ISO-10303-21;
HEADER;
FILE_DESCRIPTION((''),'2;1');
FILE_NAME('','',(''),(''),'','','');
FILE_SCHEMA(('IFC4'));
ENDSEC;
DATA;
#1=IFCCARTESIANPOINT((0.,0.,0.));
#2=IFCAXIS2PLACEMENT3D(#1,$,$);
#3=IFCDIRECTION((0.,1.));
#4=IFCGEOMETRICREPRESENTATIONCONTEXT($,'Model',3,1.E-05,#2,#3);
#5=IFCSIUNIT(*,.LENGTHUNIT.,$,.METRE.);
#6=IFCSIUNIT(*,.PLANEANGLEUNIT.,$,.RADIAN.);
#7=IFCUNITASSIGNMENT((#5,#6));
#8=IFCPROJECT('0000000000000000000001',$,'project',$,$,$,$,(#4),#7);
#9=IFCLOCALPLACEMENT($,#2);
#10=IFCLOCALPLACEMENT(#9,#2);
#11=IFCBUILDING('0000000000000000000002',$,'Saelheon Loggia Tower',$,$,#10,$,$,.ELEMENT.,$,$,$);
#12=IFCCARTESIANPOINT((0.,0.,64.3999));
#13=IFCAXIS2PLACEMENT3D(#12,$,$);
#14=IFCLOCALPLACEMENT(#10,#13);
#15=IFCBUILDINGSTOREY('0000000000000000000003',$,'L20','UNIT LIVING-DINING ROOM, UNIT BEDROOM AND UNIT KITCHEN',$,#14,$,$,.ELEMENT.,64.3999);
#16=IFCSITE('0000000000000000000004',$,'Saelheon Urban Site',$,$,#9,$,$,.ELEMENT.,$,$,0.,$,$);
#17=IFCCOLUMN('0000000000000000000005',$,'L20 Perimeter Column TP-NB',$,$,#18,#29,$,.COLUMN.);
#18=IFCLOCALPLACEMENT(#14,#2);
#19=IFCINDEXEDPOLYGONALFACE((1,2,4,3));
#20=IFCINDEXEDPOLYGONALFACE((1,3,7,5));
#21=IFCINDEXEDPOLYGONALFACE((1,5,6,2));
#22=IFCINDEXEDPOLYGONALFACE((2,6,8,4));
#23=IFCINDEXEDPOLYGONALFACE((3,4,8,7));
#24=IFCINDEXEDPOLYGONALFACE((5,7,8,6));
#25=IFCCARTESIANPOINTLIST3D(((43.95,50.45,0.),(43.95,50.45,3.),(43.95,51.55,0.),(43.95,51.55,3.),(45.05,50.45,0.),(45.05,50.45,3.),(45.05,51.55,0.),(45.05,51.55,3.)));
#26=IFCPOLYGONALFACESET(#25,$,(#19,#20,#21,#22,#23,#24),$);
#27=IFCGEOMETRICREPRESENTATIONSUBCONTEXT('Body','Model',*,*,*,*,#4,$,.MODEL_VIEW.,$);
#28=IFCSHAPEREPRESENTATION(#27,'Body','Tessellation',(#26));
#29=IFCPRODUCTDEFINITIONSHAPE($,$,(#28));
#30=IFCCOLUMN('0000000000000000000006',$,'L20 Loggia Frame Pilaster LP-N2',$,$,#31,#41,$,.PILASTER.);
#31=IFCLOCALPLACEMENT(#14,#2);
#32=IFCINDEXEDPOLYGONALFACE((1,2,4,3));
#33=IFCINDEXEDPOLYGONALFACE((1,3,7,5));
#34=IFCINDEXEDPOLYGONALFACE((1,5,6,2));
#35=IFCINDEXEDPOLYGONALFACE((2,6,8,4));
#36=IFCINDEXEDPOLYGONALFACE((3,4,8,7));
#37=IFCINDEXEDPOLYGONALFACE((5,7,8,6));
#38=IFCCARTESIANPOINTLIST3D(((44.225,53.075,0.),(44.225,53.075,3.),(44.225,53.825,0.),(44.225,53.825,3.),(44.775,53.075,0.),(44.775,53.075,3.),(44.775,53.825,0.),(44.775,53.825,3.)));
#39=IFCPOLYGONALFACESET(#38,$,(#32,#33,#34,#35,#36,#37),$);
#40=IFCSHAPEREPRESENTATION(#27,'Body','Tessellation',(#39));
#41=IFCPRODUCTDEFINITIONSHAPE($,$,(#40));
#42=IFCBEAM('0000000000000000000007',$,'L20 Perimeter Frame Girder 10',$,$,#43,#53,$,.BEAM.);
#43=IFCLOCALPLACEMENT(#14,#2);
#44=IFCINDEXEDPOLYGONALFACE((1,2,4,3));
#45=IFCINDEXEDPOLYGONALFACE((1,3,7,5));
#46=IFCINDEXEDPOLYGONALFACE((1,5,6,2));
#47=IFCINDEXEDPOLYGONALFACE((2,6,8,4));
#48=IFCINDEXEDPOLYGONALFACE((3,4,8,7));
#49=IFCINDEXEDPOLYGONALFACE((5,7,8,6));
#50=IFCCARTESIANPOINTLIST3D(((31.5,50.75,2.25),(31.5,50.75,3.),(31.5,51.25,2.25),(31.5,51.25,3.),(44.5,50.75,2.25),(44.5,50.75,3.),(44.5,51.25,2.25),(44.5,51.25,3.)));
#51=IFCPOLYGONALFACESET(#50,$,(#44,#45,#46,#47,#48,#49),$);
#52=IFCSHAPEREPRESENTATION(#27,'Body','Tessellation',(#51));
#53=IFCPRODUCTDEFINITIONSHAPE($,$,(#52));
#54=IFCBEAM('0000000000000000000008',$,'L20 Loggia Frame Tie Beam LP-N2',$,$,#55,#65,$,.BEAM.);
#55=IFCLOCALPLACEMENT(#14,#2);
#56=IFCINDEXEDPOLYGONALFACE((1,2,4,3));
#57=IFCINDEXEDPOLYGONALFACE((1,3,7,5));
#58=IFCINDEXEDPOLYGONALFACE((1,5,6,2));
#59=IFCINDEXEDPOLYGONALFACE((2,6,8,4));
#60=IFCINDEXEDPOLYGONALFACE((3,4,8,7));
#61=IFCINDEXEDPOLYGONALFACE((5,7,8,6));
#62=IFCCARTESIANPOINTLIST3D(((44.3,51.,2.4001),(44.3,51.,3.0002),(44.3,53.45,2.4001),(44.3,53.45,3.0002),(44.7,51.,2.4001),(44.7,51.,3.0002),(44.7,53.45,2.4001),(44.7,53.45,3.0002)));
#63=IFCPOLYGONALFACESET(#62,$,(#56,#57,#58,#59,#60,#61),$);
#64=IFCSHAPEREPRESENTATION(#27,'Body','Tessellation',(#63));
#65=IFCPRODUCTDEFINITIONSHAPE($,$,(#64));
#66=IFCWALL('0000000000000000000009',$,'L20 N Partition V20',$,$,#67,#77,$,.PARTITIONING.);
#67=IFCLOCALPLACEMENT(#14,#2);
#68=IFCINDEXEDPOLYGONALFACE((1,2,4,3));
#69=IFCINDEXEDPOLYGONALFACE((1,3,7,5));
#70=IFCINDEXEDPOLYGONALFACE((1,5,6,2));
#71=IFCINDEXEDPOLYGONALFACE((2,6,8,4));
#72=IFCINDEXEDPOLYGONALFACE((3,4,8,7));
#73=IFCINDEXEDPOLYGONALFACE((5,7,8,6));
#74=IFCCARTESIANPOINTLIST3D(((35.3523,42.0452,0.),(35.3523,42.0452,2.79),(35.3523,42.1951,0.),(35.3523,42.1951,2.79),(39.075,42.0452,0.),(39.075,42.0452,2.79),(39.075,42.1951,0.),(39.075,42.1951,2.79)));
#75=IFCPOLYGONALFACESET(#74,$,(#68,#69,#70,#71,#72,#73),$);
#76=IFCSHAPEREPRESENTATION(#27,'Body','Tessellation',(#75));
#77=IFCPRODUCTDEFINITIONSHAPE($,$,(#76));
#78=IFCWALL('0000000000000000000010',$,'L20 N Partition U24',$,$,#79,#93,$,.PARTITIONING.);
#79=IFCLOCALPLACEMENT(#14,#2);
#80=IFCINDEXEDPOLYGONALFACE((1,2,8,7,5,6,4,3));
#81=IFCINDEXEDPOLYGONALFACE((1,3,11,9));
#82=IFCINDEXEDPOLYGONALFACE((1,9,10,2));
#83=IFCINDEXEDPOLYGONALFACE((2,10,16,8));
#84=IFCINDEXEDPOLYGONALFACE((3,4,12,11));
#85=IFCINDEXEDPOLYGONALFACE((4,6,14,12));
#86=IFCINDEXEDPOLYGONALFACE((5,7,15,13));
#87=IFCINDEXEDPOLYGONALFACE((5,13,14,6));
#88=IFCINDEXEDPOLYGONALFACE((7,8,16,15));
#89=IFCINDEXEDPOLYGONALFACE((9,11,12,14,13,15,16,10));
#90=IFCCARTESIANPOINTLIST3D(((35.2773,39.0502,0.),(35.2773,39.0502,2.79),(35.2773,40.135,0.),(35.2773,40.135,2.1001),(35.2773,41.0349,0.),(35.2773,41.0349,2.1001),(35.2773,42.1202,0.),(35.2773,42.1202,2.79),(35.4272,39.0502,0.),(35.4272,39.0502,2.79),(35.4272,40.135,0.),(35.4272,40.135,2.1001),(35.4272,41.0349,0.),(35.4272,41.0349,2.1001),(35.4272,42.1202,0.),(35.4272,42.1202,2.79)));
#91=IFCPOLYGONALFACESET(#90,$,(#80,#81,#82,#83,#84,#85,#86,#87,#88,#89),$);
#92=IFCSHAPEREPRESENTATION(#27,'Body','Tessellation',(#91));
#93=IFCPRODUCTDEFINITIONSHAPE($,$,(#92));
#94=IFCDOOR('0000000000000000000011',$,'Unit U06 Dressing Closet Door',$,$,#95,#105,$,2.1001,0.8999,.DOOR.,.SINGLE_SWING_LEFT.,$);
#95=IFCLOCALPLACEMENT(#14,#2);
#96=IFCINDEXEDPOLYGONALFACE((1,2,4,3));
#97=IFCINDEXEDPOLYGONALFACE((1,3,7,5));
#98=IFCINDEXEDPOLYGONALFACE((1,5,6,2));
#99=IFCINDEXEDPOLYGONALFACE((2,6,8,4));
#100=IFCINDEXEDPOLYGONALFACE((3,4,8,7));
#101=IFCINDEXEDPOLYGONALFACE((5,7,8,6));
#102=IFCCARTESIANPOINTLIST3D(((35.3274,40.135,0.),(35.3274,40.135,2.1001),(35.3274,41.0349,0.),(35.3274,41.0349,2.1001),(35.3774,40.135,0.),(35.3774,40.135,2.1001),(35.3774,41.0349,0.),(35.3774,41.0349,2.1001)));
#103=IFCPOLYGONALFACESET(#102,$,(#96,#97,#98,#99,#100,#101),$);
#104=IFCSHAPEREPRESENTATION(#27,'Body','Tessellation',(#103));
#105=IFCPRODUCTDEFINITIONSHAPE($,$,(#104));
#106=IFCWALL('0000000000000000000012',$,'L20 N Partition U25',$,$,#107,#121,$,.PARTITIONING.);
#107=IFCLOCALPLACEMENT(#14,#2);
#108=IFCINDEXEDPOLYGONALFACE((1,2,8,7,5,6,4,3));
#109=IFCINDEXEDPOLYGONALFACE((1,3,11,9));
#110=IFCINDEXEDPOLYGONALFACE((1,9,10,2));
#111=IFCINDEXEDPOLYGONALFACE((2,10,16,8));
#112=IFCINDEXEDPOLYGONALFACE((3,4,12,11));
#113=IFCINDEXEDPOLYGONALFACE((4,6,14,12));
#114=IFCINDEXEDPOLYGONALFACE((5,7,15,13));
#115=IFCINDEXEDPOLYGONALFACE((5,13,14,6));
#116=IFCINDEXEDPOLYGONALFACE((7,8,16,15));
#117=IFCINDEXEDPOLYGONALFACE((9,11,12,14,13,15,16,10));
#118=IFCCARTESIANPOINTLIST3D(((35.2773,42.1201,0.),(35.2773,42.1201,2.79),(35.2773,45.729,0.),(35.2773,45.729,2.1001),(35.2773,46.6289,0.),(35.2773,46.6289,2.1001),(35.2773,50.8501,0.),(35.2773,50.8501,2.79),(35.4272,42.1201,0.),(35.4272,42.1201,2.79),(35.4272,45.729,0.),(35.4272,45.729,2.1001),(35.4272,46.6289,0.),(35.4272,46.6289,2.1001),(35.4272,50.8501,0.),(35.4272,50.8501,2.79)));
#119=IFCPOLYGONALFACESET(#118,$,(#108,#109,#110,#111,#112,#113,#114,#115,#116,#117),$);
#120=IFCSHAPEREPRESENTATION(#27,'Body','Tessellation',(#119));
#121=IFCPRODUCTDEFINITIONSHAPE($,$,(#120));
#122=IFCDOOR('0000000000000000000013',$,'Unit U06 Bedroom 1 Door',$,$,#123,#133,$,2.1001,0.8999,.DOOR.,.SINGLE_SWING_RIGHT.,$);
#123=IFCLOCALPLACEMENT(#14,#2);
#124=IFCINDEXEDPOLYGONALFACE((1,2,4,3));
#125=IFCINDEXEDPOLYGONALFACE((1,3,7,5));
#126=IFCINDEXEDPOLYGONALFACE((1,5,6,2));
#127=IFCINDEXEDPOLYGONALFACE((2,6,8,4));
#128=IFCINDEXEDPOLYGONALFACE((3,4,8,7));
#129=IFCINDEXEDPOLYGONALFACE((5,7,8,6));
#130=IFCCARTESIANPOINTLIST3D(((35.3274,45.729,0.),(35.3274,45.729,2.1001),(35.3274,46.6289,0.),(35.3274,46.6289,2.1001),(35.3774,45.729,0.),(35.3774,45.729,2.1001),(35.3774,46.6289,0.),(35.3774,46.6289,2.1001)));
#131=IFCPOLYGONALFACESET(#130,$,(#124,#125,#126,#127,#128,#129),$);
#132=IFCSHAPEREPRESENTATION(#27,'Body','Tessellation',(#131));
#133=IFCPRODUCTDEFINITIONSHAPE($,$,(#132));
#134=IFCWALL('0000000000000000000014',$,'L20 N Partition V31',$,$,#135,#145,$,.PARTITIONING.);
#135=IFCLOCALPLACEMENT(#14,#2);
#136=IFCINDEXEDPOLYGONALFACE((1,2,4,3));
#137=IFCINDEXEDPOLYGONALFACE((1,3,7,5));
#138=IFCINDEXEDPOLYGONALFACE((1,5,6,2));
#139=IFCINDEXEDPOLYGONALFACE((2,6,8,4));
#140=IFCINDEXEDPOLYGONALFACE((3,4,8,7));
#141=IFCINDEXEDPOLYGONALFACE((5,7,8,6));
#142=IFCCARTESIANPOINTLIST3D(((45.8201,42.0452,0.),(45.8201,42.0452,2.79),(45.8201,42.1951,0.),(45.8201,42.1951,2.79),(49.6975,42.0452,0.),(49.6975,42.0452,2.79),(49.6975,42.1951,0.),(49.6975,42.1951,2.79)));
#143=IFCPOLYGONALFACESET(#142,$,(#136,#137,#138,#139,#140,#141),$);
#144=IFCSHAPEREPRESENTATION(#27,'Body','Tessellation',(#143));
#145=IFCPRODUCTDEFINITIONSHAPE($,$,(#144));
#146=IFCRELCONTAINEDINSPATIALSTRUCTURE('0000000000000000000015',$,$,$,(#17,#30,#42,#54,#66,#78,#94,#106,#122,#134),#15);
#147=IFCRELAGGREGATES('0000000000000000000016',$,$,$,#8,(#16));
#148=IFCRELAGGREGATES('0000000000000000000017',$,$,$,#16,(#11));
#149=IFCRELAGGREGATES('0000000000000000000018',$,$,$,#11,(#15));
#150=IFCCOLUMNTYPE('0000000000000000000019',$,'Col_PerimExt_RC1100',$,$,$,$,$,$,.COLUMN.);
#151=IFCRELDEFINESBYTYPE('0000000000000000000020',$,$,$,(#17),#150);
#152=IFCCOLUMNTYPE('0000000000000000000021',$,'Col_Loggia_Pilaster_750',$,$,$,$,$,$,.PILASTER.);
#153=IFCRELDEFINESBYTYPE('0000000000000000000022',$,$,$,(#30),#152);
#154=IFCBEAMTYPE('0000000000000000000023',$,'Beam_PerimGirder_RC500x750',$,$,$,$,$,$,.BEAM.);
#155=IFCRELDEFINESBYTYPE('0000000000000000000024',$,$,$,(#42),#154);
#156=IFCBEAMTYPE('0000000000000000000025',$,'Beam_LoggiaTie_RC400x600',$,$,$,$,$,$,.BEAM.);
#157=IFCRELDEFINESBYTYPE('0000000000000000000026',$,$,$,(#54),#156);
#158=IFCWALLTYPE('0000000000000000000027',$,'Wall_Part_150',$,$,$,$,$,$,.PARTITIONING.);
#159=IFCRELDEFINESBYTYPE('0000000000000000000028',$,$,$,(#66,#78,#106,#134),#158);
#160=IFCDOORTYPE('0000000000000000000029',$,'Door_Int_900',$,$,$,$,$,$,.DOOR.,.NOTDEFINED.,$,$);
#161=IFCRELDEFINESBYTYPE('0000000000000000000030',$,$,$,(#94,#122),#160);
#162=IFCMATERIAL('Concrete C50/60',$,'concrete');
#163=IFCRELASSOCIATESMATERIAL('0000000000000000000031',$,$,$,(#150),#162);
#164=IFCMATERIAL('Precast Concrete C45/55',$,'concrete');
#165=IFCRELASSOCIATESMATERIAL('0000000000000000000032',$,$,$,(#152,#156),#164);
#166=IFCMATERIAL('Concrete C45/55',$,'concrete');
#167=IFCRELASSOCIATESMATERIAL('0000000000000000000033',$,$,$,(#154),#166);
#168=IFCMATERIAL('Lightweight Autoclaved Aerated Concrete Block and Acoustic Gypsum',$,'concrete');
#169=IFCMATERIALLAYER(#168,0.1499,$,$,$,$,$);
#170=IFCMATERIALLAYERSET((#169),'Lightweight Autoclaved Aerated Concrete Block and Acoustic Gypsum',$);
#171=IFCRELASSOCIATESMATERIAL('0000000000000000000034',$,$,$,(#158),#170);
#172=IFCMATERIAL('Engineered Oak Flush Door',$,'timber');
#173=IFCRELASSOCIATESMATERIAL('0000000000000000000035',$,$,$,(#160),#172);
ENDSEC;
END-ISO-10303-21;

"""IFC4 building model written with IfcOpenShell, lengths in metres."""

from ifc_helpers import new_model, si_unit, direction, frame, frame_2d, origin, origin_2d, place, context, subcontext, project, spatial, rectangle, extrude, source, transform, mapped, material, layer, layer_set, material_profile, profile_set, type_object, element, fill, save


model = new_model("IFC4")

# Units and contexts
model_context = context("Model", 3, precision=1e-05, world=origin(), true_north=direction((0.0, 1.0)))
body_context = subcontext(model_context, "Body", "Model", "MODEL_VIEW")
ifc_project = project(units=[si_unit("LENGTHUNIT", "METRE"), si_unit("PLANEANGLEUNIT", "RADIAN")], contexts=[model_context])

# Site, building, storey
site_placement = place(None, origin())
site = spatial("IfcSite", under=ifc_project, at=site_placement, Name="Saelheon Urban Site", CompositionType="ELEMENT", RefElevation=0.0)
building_placement = place(site_placement, origin())
building = spatial("IfcBuilding", under=site, at=building_placement, Name="Saelheon Loggia Tower", CompositionType="ELEMENT")
storey_placement = place(building_placement, frame((0.0, 0.0, 64.3999)))
storey = spatial("IfcBuildingStorey", under=building, at=storey_placement, Name="L20", Description="UNIT LIVING-DINING ROOM, UNIT BEDROOM AND UNIT KITCHEN", CompositionType="ELEMENT", Elevation=64.3999)

# Columns
ifc_material_1 = material(Name="Concrete C50/60", Category="concrete")
ifc_material_profile_1 = material_profile(ifc_material_1, rectangle(XDim=1.1001, YDim=1.1001, at=origin_2d()), Name="RC-1100x1100")
ifc_profile_set_1 = profile_set([ifc_material_profile_1], Name="Concrete C50/60")
column_type_1 = type_object("IfcColumnType", Name="Col_PerimExt_RC1100", PredefinedType="COLUMN", material=ifc_profile_set_1)
shared_shape_1 = source(origin(), body_context, "Body", "SweptSolid", [
    extrude(rectangle(XDim=1.1001, YDim=1.1001, at=origin_2d()), origin(), (0.0, 0.0, 1.0), 3.0),
])
column_1_placement = place(storey_placement, frame((44.5, 51.0, 0.0), z_axis=(0.0, 0.0, 1.0), x_axis=(1.0, 0.0, 0.0)))
element("IfcColumn", 1, at=column_1_placement, inside=storey, type_object=column_type_1, Name="L20 Perimeter Column TP-NB", PredefinedType="COLUMN", context=body_context, shape_type="MappedRepresentation", body=[
    mapped(shared_shape_1, transform((0.0, 0.0, 0.0), scale=1.0)),
])
ifc_material_2 = material(Name="Precast Concrete C45/55", Category="concrete")
ifc_material_profile_2 = material_profile(ifc_material_2, rectangle(XDim=0.55, YDim=0.75, at=origin_2d()), Name="RC-550x750")
ifc_profile_set_2 = profile_set([ifc_material_profile_2], Name="Precast Concrete C45/55")
column_type_2 = type_object("IfcColumnType", Name="Col_Loggia_Pilaster_750", PredefinedType="PILASTER", material=ifc_profile_set_2)
shared_shape_2 = source(origin(), body_context, "Body", "SweptSolid", [
    extrude(rectangle(XDim=0.55, YDim=0.75, at=origin_2d()), origin(), (0.0, 0.0, 1.0), 3.0),
])
column_2_placement = place(storey_placement, frame((44.5, 53.45, 0.0), z_axis=(0.0, 0.0, 1.0), x_axis=(1.0, 0.0, 0.0)))
element("IfcColumn", 2, at=column_2_placement, inside=storey, type_object=column_type_2, Name="L20 Loggia Frame Pilaster LP-N2", PredefinedType="PILASTER", context=body_context, shape_type="MappedRepresentation", body=[
    mapped(shared_shape_2, transform((0.0, 0.0, 0.0), scale=1.0)),
])

# Beams
ifc_material_3 = material(Name="Concrete C45/55", Category="concrete")
ifc_material_profile_3 = material_profile(ifc_material_3, rectangle(XDim=0.5, YDim=0.75, at=origin_2d()), Name="RC-500x750")
ifc_profile_set_3 = profile_set([ifc_material_profile_3], Name="Concrete C45/55")
beam_type_1 = type_object("IfcBeamType", Name="Beam_PerimGirder_RC500x750", PredefinedType="BEAM", material=ifc_profile_set_3)
shared_shape_3 = source(origin(), body_context, "Body", "SweptSolid", [
    extrude(rectangle(XDim=0.5, YDim=0.75, at=origin_2d()), origin(), (0.0, 0.0, 1.0), 13.0),
])
beam_1_placement = place(storey_placement, frame((44.5, 51.0, 2.625), z_axis=(-1.0, 0.0, 0.0), x_axis=(0.0, -1.0, 0.0)))
element("IfcBeam", 3, at=beam_1_placement, inside=storey, type_object=beam_type_1, Name="L20 Perimeter Frame Girder 10", PredefinedType="BEAM", context=body_context, shape_type="MappedRepresentation", body=[
    mapped(shared_shape_3, transform((0.0, 0.0, 0.0), scale=1.0)),
])
ifc_material_profile_4 = material_profile(ifc_material_2, rectangle(XDim=0.3999, YDim=0.6001, at=origin_2d()), Name="RC-400x600")
ifc_profile_set_4 = profile_set([ifc_material_profile_4], Name="Precast Concrete C45/55")
beam_type_2 = type_object("IfcBeamType", Name="Beam_LoggiaTie_RC400x600", PredefinedType="BEAM", material=ifc_profile_set_4)
shared_shape_4 = source(origin(), body_context, "Body", "SweptSolid", [
    extrude(rectangle(XDim=0.3999, YDim=0.6001, at=origin_2d()), origin(), (0.0, 0.0, 1.0), 2.45),
])
beam_2_placement = place(storey_placement, frame((44.5, 51.0, 2.7002), z_axis=(0.0, 1.0, 0.0), x_axis=(-1.0, 0.0, 0.0)))
element("IfcBeam", 4, at=beam_2_placement, inside=storey, type_object=beam_type_2, Name="L20 Loggia Frame Tie Beam LP-N2", PredefinedType="BEAM", context=body_context, shape_type="MappedRepresentation", body=[
    mapped(shared_shape_4, transform((0.0, 0.0, 0.0), scale=1.0)),
])

# Wall
ifc_material_4 = material(Name="Lightweight Autoclaved Aerated Concrete Block and Acoustic Gypsum", Category="concrete")
ifc_layer_1 = layer(ifc_material_4, 0.1499)
ifc_layer_set_1 = layer_set([ifc_layer_1], Name="Lightweight Autoclaved Aerated Concrete Block and Acoustic Gypsum")
wall_type_1 = type_object("IfcWallType", Name="Wall_Part_150", PredefinedType="PARTITIONING", material=ifc_layer_set_1)
wall_1_placement = place(storey_placement, frame((35.3523, 42.1201, 0.0), z_axis=(0.0, 0.0, 1.0), x_axis=(1.0, 0.0, 0.0)))
element("IfcWall", 5, at=wall_1_placement, inside=storey, type_object=wall_type_1, Name="L20 N Partition V20", PredefinedType="PARTITIONING", context=body_context, shape_type="SweptSolid", body=[
    extrude(rectangle(XDim=3.7227, YDim=0.1499, at=frame_2d((1.8613, 0.0))), origin(), (0.0, 0.0, 1.0), 2.79),
])

# Walls, openings, doors
wall_2_placement = place(storey_placement, frame((35.3523, 39.05, 0.0), z_axis=(0.0, 0.0, 1.0), x_axis=(0.0, 1.0, 0.0)))
wall_2 = element("IfcWall", 6, at=wall_2_placement, inside=storey, type_object=wall_type_1, Name="L20 N Partition U24", PredefinedType="PARTITIONING", context=body_context, shape_type="SweptSolid", body=[
    extrude(rectangle(XDim=3.0701, YDim=0.1499, at=frame_2d((1.5352, 0.0))), origin(), (0.0, 0.0, 1.0), 2.79),
])
opening_1_placement = place(wall_2_placement, frame((1.085, 0.0, 0.0)))
opening_1 = element("IfcOpeningElement", 7, at=opening_1_placement, cuts=wall_2, PredefinedType="OPENING", context=body_context, shape_type="SweptSolid", body=[
    extrude(rectangle(XDim=0.8999, YDim=2.1001, at=frame_2d((0.45, 1.05))), frame((0.0, 0.0869, 0.0), z_axis=(0.0, -1.0, 0.0), x_axis=(1.0, 0.0, 0.0)), (0.0, 0.0, 1.0), 0.1738),
])
ifc_material_5 = material(Name="Engineered Oak Flush Door", Category="timber")
door_type_1 = type_object("IfcDoorType", Name="Door_Int_900", OperationType="NOTDEFINED", PredefinedType="DOOR", material=ifc_material_5)
shared_shape_5 = source(origin(), body_context, "Body", "SweptSolid", [
    extrude(rectangle(XDim=0.8999, YDim=2.1001, at=frame_2d((0.45, 1.05))), frame((0.0, 0.0249, 0.0), z_axis=(0.0, -1.0, 0.0), x_axis=(1.0, 0.0, 0.0)), (0.0, 0.0, 1.0), 0.05),
])
door_1_placement = place(opening_1_placement, origin())
door_1 = element("IfcDoor", 8, at=door_1_placement, inside=storey, type_object=door_type_1, Name="Unit U06 Dressing Closet Door", OperationType="SINGLE_SWING_LEFT", OverallHeight=2.1001, OverallWidth=0.8999, PredefinedType="DOOR", context=body_context, shape_type="MappedRepresentation", body=[
    mapped(shared_shape_5, transform((0.0, 0.0, 0.0), scale=1.0)),
])
fill(opening_1, door_1)
wall_3_placement = place(storey_placement, frame((35.3523, 42.1201, 0.0), z_axis=(0.0, 0.0, 1.0), x_axis=(0.0, 1.0, 0.0)))
wall_3 = element("IfcWall", 9, at=wall_3_placement, inside=storey, type_object=wall_type_1, Name="L20 N Partition U25", PredefinedType="PARTITIONING", context=body_context, shape_type="SweptSolid", body=[
    extrude(rectangle(XDim=8.73, YDim=0.1499, at=frame_2d((4.365, 0.0))), origin(), (0.0, 0.0, 1.0), 2.79),
])
opening_2_placement = place(wall_3_placement, frame((3.6089, 0.0, 0.0)))
opening_2 = element("IfcOpeningElement", 10, at=opening_2_placement, cuts=wall_3, PredefinedType="OPENING", context=body_context, shape_type="SweptSolid", body=[
    extrude(rectangle(XDim=0.8999, YDim=2.1001, at=frame_2d((0.45, 1.05))), frame((0.0, 0.0869, 0.0), z_axis=(0.0, -1.0, 0.0), x_axis=(1.0, 0.0, 0.0)), (0.0, 0.0, 1.0), 0.1738),
])
door_2_placement = place(opening_2_placement, origin())
door_2 = element("IfcDoor", 11, at=door_2_placement, inside=storey, type_object=door_type_1, Name="Unit U06 Bedroom 1 Door", OperationType="SINGLE_SWING_RIGHT", OverallHeight=2.1001, OverallWidth=0.8999, PredefinedType="DOOR", context=body_context, shape_type="MappedRepresentation", body=[
    mapped(shared_shape_5, transform((0.0, 0.0, 0.0), scale=1.0)),
])
fill(opening_2, door_2)

# Wall
wall_4_placement = place(storey_placement, frame((45.8201, 42.1201, 0.0), z_axis=(0.0, 0.0, 1.0), x_axis=(1.0, 0.0, 0.0)))
element("IfcWall", 12, at=wall_4_placement, inside=storey, type_object=wall_type_1, Name="L20 N Partition V31", PredefinedType="PARTITIONING", context=body_context, shape_type="SweptSolid", body=[
    extrude(rectangle(XDim=3.8774, YDim=0.1499, at=frame_2d((1.9387, 0.0))), origin(), (0.0, 0.0, 1.0), 2.79),
])

save(model, "model.ifc")
